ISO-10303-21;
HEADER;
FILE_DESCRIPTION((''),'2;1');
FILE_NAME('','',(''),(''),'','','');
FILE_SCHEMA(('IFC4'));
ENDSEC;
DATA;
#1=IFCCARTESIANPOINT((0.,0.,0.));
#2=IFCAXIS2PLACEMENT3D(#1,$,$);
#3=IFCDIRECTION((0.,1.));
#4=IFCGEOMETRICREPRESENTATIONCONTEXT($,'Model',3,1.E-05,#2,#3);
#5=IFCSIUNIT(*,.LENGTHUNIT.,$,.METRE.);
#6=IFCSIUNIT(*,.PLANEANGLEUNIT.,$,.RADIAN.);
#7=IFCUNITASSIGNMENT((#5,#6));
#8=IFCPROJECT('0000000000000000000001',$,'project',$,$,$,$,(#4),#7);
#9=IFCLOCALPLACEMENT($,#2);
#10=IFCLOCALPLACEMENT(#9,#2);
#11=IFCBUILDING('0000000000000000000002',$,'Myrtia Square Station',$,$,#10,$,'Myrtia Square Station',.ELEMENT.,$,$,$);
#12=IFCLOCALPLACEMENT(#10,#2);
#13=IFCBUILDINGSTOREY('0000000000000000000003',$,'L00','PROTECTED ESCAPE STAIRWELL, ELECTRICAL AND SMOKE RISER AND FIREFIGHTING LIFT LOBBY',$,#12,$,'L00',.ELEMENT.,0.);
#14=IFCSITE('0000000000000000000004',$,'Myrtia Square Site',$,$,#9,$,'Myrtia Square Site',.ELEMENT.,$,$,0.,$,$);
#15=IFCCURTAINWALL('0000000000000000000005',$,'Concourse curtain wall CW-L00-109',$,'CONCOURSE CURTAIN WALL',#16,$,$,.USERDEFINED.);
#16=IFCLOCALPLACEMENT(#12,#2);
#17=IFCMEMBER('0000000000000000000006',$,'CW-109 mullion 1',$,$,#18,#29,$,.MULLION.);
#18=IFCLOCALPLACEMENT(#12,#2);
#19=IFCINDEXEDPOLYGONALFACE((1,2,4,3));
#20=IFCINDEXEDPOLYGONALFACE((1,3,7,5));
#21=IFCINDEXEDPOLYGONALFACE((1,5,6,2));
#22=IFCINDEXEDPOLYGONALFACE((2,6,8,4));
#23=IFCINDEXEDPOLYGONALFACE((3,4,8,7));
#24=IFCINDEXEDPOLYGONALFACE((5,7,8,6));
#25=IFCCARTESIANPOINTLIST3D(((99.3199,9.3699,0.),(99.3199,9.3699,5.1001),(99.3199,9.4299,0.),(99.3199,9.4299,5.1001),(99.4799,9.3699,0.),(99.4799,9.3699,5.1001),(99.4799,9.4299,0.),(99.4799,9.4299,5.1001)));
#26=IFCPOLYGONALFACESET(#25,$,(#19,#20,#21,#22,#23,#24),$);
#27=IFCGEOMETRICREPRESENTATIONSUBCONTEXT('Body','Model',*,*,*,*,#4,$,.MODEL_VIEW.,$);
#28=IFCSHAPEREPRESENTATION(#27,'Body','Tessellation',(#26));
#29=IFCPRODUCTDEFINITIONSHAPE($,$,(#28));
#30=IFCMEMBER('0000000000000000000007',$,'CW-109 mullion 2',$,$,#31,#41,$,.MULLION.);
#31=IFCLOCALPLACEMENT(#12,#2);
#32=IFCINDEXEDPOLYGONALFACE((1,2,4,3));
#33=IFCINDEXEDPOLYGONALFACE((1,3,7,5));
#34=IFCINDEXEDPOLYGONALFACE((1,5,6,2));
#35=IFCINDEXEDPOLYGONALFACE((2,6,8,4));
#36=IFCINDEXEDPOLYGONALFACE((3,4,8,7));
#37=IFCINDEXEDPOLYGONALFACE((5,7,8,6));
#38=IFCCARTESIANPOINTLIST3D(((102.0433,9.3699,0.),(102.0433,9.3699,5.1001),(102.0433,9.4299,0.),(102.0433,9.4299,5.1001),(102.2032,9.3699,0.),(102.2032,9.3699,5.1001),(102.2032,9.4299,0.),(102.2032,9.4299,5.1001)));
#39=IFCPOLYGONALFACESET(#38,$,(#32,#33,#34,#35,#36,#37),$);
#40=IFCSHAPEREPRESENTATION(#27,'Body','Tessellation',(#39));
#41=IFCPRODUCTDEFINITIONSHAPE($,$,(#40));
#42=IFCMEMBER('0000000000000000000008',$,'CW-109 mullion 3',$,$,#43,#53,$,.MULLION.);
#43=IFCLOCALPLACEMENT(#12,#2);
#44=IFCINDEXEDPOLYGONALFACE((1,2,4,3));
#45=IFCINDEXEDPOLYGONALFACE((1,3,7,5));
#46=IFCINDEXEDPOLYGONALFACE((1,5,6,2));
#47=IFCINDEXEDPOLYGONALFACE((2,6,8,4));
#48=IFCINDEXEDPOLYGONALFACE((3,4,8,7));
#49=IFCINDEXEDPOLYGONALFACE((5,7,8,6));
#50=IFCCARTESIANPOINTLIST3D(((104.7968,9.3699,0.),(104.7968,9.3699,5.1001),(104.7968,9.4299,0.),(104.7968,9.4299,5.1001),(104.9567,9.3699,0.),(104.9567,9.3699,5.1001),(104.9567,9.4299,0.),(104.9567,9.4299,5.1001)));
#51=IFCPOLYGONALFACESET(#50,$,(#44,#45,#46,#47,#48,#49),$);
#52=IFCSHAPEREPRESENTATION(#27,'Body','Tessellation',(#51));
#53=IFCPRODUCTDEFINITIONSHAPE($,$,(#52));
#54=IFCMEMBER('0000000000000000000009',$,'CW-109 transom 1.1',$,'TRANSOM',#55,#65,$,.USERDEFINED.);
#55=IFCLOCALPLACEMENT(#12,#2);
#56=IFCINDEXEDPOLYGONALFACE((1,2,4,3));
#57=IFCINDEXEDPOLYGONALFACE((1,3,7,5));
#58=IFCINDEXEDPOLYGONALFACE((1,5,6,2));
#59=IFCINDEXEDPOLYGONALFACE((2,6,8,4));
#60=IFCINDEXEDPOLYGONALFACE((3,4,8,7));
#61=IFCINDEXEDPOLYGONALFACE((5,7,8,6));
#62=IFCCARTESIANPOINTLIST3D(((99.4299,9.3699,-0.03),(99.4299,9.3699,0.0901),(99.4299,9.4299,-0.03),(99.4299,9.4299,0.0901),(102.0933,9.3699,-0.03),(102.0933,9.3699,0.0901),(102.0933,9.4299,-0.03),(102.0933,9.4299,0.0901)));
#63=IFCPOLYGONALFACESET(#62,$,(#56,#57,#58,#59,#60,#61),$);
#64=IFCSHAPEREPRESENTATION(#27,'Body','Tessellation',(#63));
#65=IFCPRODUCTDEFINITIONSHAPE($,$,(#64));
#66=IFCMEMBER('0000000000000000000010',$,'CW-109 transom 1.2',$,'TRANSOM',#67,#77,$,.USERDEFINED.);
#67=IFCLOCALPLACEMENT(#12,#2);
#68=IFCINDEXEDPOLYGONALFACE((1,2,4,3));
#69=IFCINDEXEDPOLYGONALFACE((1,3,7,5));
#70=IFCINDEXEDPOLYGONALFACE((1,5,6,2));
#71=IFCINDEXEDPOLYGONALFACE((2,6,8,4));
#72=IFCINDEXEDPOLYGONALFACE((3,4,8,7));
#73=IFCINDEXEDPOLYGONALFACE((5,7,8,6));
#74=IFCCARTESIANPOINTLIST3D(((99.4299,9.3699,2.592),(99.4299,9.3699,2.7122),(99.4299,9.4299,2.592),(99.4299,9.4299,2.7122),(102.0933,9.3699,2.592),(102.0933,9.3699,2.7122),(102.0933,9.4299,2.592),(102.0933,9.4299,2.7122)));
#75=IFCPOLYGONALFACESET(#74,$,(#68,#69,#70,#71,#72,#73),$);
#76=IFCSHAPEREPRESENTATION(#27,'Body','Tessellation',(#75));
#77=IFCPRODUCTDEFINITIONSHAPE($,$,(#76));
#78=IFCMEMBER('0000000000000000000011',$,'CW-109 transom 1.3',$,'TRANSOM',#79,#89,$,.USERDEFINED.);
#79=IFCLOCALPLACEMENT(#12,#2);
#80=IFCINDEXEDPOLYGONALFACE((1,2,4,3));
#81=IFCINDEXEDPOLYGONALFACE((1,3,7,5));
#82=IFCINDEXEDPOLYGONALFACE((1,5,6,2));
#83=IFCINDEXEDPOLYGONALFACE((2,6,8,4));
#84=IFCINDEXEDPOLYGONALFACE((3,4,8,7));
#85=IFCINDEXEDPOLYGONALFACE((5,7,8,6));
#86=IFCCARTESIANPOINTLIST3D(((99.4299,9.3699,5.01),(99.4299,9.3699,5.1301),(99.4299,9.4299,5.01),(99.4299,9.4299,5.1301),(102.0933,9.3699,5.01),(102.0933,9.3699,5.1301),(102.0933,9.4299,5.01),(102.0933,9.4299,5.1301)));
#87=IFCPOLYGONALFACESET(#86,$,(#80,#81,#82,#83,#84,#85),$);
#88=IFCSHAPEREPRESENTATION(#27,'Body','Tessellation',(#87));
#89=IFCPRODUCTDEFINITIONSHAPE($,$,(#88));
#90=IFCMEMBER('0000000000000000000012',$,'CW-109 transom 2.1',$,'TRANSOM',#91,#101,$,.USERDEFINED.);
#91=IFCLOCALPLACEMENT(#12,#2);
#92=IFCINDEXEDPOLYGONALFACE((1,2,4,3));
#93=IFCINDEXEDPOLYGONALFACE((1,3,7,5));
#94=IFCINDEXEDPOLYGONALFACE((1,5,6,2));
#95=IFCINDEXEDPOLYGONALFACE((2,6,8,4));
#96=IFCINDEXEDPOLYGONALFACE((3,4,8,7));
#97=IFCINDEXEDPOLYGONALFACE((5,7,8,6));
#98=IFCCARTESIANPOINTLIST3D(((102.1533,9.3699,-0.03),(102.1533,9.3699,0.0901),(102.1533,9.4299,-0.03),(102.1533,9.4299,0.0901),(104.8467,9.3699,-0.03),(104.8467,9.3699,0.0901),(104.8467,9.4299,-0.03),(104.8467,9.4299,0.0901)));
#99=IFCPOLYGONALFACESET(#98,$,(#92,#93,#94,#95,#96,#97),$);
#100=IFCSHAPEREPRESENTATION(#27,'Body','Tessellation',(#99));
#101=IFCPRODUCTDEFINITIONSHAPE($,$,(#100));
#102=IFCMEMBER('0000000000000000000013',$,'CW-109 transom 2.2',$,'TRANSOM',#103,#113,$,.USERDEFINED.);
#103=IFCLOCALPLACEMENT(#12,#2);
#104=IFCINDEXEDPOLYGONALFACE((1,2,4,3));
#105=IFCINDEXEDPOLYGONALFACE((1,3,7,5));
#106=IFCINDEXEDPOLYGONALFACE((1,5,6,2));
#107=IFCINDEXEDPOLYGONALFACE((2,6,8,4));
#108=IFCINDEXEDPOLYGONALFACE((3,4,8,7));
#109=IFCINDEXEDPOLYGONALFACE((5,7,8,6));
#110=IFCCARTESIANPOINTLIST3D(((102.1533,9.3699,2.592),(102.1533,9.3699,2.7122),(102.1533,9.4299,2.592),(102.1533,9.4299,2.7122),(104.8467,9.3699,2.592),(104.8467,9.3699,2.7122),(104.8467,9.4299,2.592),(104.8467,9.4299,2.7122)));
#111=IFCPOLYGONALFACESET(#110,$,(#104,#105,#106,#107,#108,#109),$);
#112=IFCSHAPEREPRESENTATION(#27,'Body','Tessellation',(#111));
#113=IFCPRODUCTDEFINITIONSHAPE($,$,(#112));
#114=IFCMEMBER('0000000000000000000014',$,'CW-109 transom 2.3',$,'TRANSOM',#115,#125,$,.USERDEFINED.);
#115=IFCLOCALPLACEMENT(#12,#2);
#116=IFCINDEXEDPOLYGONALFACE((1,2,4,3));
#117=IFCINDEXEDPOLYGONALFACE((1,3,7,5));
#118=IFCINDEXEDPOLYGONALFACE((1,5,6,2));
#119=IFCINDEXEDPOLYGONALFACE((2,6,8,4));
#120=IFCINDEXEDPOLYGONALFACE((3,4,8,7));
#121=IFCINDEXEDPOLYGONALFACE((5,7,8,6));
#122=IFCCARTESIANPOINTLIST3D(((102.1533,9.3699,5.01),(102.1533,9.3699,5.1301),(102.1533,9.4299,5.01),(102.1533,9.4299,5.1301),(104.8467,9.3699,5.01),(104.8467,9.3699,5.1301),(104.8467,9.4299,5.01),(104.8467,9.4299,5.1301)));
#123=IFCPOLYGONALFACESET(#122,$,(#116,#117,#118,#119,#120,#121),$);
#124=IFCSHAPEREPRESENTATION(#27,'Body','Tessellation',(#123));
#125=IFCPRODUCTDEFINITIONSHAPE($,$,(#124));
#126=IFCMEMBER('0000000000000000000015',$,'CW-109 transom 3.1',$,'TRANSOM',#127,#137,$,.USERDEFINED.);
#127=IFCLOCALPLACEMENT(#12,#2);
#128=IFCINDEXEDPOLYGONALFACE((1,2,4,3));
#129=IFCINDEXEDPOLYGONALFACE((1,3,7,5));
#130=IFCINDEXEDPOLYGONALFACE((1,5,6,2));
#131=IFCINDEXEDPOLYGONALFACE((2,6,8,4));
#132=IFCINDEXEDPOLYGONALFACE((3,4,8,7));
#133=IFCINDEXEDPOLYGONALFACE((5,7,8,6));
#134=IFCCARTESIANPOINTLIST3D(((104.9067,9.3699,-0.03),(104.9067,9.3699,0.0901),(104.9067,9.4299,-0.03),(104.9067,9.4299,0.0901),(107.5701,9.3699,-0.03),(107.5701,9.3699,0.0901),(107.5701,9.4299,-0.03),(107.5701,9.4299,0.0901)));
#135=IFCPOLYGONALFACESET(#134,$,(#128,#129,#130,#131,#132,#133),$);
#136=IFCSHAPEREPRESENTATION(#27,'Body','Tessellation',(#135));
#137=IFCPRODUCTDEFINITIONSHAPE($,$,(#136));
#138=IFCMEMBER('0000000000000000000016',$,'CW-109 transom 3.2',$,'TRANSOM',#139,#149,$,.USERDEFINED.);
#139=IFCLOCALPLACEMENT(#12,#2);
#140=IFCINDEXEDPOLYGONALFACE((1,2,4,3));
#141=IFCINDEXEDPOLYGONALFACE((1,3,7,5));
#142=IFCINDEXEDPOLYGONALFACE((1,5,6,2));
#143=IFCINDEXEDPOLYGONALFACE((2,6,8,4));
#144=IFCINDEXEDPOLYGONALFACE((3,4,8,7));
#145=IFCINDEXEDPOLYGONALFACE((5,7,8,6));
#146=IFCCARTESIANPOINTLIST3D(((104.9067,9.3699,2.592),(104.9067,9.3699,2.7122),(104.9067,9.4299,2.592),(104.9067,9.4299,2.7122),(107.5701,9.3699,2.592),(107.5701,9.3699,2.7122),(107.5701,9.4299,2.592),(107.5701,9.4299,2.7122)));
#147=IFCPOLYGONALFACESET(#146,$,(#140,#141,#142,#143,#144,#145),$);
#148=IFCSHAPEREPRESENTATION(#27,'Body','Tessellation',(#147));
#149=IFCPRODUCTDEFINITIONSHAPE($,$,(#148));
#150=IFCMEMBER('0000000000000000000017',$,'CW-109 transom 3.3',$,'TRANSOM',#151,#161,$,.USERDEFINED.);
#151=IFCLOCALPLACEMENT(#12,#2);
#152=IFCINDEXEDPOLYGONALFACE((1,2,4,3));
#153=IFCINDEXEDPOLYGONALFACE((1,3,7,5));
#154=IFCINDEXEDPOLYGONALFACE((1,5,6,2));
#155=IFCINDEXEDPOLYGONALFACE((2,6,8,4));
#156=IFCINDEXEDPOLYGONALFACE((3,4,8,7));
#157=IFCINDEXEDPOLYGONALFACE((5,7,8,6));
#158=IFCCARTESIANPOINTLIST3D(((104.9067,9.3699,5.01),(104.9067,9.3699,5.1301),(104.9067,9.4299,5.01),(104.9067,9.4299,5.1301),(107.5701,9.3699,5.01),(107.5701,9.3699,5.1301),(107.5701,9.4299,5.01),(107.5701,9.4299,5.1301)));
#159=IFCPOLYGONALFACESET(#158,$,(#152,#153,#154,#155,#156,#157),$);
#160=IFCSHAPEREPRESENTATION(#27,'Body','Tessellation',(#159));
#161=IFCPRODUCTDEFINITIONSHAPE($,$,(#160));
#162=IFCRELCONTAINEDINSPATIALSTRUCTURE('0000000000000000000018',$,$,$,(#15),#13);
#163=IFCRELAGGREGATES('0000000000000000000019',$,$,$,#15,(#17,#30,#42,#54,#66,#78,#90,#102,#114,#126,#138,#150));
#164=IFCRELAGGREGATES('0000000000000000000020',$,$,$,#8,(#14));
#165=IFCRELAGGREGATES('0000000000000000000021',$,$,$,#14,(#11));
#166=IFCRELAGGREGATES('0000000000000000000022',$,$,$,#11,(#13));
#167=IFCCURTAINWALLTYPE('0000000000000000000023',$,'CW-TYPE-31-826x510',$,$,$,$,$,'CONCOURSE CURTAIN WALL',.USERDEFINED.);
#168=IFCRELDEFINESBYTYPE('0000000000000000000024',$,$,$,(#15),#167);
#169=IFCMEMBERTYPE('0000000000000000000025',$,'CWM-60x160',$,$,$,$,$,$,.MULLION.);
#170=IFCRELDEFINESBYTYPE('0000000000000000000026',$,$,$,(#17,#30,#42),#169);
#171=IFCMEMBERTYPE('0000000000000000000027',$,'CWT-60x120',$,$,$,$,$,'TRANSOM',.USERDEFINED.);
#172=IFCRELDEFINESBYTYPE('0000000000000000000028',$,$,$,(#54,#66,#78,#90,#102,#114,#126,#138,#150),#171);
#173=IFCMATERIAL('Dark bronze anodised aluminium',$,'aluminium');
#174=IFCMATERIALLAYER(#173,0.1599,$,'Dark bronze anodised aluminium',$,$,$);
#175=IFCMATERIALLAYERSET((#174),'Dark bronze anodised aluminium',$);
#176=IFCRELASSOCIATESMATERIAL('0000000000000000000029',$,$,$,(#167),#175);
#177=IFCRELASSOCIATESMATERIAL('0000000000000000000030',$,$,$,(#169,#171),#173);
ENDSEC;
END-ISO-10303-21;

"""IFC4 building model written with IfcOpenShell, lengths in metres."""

from ifc_helpers import new_model, si_unit, direction, frame, origin, origin_2d, place, context, subcontext, project, spatial, rectangle, extrude, material, layer, layer_set, material_profile, profile_set, type_object, element, aggregate, save


model = new_model("IFC4")

# Units and contexts
model_context = context("Model", 3, precision=1e-05, world=origin(), true_north=direction((0.0, 1.0)))
body_context = subcontext(model_context, "Body", "Model", "MODEL_VIEW")
ifc_project = project(units=[si_unit("LENGTHUNIT", "METRE"), si_unit("PLANEANGLEUNIT", "RADIAN")], contexts=[model_context])

# Site, building, storey
site_placement = place(None, origin())
site = spatial("IfcSite", under=ifc_project, at=site_placement, Name="Myrtia Square Site", LongName="Myrtia Square Site", CompositionType="ELEMENT", RefElevation=0.0)
building_placement = place(site_placement, origin())
building = spatial("IfcBuilding", under=site, at=building_placement, Name="Myrtia Square Station", LongName="Myrtia Square Station", CompositionType="ELEMENT")
storey_placement = place(building_placement, origin())
storey = spatial("IfcBuildingStorey", under=building, at=storey_placement, Name="L00", Description="PROTECTED ESCAPE STAIRWELL, ELECTRICAL AND SMOKE RISER AND FIREFIGHTING LIFT LOBBY", LongName="L00", CompositionType="ELEMENT", Elevation=0.0)

# Curtain wall, members
ifc_material_1 = material(Name="Dark bronze anodised aluminium", Category="aluminium")
ifc_layer_1 = layer(ifc_material_1, 0.1599, Name="Dark bronze anodised aluminium")
ifc_layer_set_1 = layer_set([ifc_layer_1], Name="Dark bronze anodised aluminium")
curtain_wall_type = type_object("IfcCurtainWallType", Name="CW-TYPE-31-826x510", ElementType="CONCOURSE CURTAIN WALL", PredefinedType="USERDEFINED", material=ifc_layer_set_1)
curtain_wall_placement = place(storey_placement, origin())
curtain_wall = element("IfcCurtainWall", 1, at=curtain_wall_placement, inside=storey, type_object=curtain_wall_type, Name="Concourse curtain wall CW-L00-109", ObjectType="CONCOURSE CURTAIN WALL", PredefinedType="USERDEFINED")
ifc_material_profile_1 = material_profile(ifc_material_1, rectangle(XDim=0.0601, YDim=0.1599, at=origin_2d()), Name="ALU-M 60x160")
ifc_profile_set_1 = profile_set([ifc_material_profile_1], Name="Dark bronze anodised aluminium")
member_type_1 = type_object("IfcMemberType", Name="CWM-60x160", PredefinedType="MULLION", material=ifc_profile_set_1)
member_1_placement = place(storey_placement, frame((99.3999, 9.3999, 0.0), z_axis=(0.0, 0.0, 1.0), x_axis=(0.0, 1.0, 0.0)))
member_1 = element("IfcMember", 2, at=member_1_placement, type_object=member_type_1, Name="CW-109 mullion 1", PredefinedType="MULLION", context=body_context, shape_type="SweptSolid", body=[
    extrude(rectangle(XDim=0.0601, YDim=0.1599, at=origin_2d()), origin(), (0.0, 0.0, 1.0), 5.1001),
])
member_2_placement = place(storey_placement, frame((102.1233, 9.3999, 0.0), z_axis=(0.0, 0.0, 1.0), x_axis=(0.0, 1.0, 0.0)))
member_2 = element("IfcMember", 3, at=member_2_placement, type_object=member_type_1, Name="CW-109 mullion 2", PredefinedType="MULLION", context=body_context, shape_type="SweptSolid", body=[
    extrude(rectangle(XDim=0.0601, YDim=0.1599, at=origin_2d()), origin(), (0.0, 0.0, 1.0), 5.1001),
])
member_3_placement = place(storey_placement, frame((104.8767, 9.3999, 0.0), z_axis=(0.0, 0.0, 1.0), x_axis=(0.0, 1.0, 0.0)))
member_3 = element("IfcMember", 4, at=member_3_placement, type_object=member_type_1, Name="CW-109 mullion 3", PredefinedType="MULLION", context=body_context, shape_type="SweptSolid", body=[
    extrude(rectangle(XDim=0.0601, YDim=0.1599, at=origin_2d()), origin(), (0.0, 0.0, 1.0), 5.1001),
])
ifc_material_profile_2 = material_profile(ifc_material_1, rectangle(XDim=0.0601, YDim=0.1201, at=origin_2d()), Name="ALU-T 60x120")
ifc_profile_set_2 = profile_set([ifc_material_profile_2], Name="Dark bronze anodised aluminium")
member_type_2 = type_object("IfcMemberType", Name="CWT-60x120", ElementType="TRANSOM", PredefinedType="USERDEFINED", material=ifc_profile_set_2)
member_4_placement = place(storey_placement, frame((99.4299, 9.3999, 0.03), z_axis=(1.0, 0.0, 0.0), x_axis=(0.0, 1.0, 0.0)))
member_4 = element("IfcMember", 5, at=member_4_placement, type_object=member_type_2, Name="CW-109 transom 1.1", ObjectType="TRANSOM", PredefinedType="USERDEFINED", context=body_context, shape_type="SweptSolid", body=[
    extrude(rectangle(XDim=0.0601, YDim=0.1201, at=origin_2d()), origin(), (0.0, 0.0, 1.0), 2.6633),
])
member_5_placement = place(storey_placement, frame((99.4299, 9.3999, 2.6521), z_axis=(1.0, 0.0, 0.0), x_axis=(0.0, 1.0, 0.0)))
member_5 = element("IfcMember", 6, at=member_5_placement, type_object=member_type_2, Name="CW-109 transom 1.2", ObjectType="TRANSOM", PredefinedType="USERDEFINED", context=body_context, shape_type="SweptSolid", body=[
    extrude(rectangle(XDim=0.0601, YDim=0.1201, at=origin_2d()), origin(), (0.0, 0.0, 1.0), 2.6633),
])
member_6_placement = place(storey_placement, frame((99.4299, 9.3999, 5.0701), z_axis=(1.0, 0.0, 0.0), x_axis=(0.0, 1.0, 0.0)))
member_6 = element("IfcMember", 7, at=member_6_placement, type_object=member_type_2, Name="CW-109 transom 1.3", ObjectType="TRANSOM", PredefinedType="USERDEFINED", context=body_context, shape_type="SweptSolid", body=[
    extrude(rectangle(XDim=0.0601, YDim=0.1201, at=origin_2d()), origin(), (0.0, 0.0, 1.0), 2.6633),
])
member_7_placement = place(storey_placement, frame((102.1533, 9.3999, 0.03), z_axis=(1.0, 0.0, 0.0), x_axis=(0.0, 1.0, 0.0)))
member_7 = element("IfcMember", 8, at=member_7_placement, type_object=member_type_2, Name="CW-109 transom 2.1", ObjectType="TRANSOM", PredefinedType="USERDEFINED", context=body_context, shape_type="SweptSolid", body=[
    extrude(rectangle(XDim=0.0601, YDim=0.1201, at=origin_2d()), origin(), (0.0, 0.0, 1.0), 2.6934),
])
member_8_placement = place(storey_placement, frame((102.1533, 9.3999, 2.6521), z_axis=(1.0, 0.0, 0.0), x_axis=(0.0, 1.0, 0.0)))
member_8 = element("IfcMember", 9, at=member_8_placement, type_object=member_type_2, Name="CW-109 transom 2.2", ObjectType="TRANSOM", PredefinedType="USERDEFINED", context=body_context, shape_type="SweptSolid", body=[
    extrude(rectangle(XDim=0.0601, YDim=0.1201, at=origin_2d()), origin(), (0.0, 0.0, 1.0), 2.6934),
])
member_9_placement = place(storey_placement, frame((102.1533, 9.3999, 5.0701), z_axis=(1.0, 0.0, 0.0), x_axis=(0.0, 1.0, 0.0)))
member_9 = element("IfcMember", 10, at=member_9_placement, type_object=member_type_2, Name="CW-109 transom 2.3", ObjectType="TRANSOM", PredefinedType="USERDEFINED", context=body_context, shape_type="SweptSolid", body=[
    extrude(rectangle(XDim=0.0601, YDim=0.1201, at=origin_2d()), origin(), (0.0, 0.0, 1.0), 2.6934),
])
member_10_placement = place(storey_placement, frame((104.9067, 9.3999, 0.03), z_axis=(1.0, 0.0, 0.0), x_axis=(0.0, 1.0, 0.0)))
member_10 = element("IfcMember", 11, at=member_10_placement, type_object=member_type_2, Name="CW-109 transom 3.1", ObjectType="TRANSOM", PredefinedType="USERDEFINED", context=body_context, shape_type="SweptSolid", body=[
    extrude(rectangle(XDim=0.0601, YDim=0.1201, at=origin_2d()), origin(), (0.0, 0.0, 1.0), 2.6633),
])
member_11_placement = place(storey_placement, frame((104.9067, 9.3999, 2.6521), z_axis=(1.0, 0.0, 0.0), x_axis=(0.0, 1.0, 0.0)))
member_11 = element("IfcMember", 12, at=member_11_placement, type_object=member_type_2, Name="CW-109 transom 3.2", ObjectType="TRANSOM", PredefinedType="USERDEFINED", context=body_context, shape_type="SweptSolid", body=[
    extrude(rectangle(XDim=0.0601, YDim=0.1201, at=origin_2d()), origin(), (0.0, 0.0, 1.0), 2.6633),
])
member_12_placement = place(storey_placement, frame((104.9067, 9.3999, 5.0701), z_axis=(1.0, 0.0, 0.0), x_axis=(0.0, 1.0, 0.0)))
member_12 = element("IfcMember", 13, at=member_12_placement, type_object=member_type_2, Name="CW-109 transom 3.3", ObjectType="TRANSOM", PredefinedType="USERDEFINED", context=body_context, shape_type="SweptSolid", body=[
    extrude(rectangle(XDim=0.0601, YDim=0.1201, at=origin_2d()), origin(), (0.0, 0.0, 1.0), 2.6633),
])

aggregate(curtain_wall, [member_1, member_2, member_3, member_4, member_5, member_6, member_7, member_8, member_9, member_10, member_11, member_12])

save(model, "model.ifc")
